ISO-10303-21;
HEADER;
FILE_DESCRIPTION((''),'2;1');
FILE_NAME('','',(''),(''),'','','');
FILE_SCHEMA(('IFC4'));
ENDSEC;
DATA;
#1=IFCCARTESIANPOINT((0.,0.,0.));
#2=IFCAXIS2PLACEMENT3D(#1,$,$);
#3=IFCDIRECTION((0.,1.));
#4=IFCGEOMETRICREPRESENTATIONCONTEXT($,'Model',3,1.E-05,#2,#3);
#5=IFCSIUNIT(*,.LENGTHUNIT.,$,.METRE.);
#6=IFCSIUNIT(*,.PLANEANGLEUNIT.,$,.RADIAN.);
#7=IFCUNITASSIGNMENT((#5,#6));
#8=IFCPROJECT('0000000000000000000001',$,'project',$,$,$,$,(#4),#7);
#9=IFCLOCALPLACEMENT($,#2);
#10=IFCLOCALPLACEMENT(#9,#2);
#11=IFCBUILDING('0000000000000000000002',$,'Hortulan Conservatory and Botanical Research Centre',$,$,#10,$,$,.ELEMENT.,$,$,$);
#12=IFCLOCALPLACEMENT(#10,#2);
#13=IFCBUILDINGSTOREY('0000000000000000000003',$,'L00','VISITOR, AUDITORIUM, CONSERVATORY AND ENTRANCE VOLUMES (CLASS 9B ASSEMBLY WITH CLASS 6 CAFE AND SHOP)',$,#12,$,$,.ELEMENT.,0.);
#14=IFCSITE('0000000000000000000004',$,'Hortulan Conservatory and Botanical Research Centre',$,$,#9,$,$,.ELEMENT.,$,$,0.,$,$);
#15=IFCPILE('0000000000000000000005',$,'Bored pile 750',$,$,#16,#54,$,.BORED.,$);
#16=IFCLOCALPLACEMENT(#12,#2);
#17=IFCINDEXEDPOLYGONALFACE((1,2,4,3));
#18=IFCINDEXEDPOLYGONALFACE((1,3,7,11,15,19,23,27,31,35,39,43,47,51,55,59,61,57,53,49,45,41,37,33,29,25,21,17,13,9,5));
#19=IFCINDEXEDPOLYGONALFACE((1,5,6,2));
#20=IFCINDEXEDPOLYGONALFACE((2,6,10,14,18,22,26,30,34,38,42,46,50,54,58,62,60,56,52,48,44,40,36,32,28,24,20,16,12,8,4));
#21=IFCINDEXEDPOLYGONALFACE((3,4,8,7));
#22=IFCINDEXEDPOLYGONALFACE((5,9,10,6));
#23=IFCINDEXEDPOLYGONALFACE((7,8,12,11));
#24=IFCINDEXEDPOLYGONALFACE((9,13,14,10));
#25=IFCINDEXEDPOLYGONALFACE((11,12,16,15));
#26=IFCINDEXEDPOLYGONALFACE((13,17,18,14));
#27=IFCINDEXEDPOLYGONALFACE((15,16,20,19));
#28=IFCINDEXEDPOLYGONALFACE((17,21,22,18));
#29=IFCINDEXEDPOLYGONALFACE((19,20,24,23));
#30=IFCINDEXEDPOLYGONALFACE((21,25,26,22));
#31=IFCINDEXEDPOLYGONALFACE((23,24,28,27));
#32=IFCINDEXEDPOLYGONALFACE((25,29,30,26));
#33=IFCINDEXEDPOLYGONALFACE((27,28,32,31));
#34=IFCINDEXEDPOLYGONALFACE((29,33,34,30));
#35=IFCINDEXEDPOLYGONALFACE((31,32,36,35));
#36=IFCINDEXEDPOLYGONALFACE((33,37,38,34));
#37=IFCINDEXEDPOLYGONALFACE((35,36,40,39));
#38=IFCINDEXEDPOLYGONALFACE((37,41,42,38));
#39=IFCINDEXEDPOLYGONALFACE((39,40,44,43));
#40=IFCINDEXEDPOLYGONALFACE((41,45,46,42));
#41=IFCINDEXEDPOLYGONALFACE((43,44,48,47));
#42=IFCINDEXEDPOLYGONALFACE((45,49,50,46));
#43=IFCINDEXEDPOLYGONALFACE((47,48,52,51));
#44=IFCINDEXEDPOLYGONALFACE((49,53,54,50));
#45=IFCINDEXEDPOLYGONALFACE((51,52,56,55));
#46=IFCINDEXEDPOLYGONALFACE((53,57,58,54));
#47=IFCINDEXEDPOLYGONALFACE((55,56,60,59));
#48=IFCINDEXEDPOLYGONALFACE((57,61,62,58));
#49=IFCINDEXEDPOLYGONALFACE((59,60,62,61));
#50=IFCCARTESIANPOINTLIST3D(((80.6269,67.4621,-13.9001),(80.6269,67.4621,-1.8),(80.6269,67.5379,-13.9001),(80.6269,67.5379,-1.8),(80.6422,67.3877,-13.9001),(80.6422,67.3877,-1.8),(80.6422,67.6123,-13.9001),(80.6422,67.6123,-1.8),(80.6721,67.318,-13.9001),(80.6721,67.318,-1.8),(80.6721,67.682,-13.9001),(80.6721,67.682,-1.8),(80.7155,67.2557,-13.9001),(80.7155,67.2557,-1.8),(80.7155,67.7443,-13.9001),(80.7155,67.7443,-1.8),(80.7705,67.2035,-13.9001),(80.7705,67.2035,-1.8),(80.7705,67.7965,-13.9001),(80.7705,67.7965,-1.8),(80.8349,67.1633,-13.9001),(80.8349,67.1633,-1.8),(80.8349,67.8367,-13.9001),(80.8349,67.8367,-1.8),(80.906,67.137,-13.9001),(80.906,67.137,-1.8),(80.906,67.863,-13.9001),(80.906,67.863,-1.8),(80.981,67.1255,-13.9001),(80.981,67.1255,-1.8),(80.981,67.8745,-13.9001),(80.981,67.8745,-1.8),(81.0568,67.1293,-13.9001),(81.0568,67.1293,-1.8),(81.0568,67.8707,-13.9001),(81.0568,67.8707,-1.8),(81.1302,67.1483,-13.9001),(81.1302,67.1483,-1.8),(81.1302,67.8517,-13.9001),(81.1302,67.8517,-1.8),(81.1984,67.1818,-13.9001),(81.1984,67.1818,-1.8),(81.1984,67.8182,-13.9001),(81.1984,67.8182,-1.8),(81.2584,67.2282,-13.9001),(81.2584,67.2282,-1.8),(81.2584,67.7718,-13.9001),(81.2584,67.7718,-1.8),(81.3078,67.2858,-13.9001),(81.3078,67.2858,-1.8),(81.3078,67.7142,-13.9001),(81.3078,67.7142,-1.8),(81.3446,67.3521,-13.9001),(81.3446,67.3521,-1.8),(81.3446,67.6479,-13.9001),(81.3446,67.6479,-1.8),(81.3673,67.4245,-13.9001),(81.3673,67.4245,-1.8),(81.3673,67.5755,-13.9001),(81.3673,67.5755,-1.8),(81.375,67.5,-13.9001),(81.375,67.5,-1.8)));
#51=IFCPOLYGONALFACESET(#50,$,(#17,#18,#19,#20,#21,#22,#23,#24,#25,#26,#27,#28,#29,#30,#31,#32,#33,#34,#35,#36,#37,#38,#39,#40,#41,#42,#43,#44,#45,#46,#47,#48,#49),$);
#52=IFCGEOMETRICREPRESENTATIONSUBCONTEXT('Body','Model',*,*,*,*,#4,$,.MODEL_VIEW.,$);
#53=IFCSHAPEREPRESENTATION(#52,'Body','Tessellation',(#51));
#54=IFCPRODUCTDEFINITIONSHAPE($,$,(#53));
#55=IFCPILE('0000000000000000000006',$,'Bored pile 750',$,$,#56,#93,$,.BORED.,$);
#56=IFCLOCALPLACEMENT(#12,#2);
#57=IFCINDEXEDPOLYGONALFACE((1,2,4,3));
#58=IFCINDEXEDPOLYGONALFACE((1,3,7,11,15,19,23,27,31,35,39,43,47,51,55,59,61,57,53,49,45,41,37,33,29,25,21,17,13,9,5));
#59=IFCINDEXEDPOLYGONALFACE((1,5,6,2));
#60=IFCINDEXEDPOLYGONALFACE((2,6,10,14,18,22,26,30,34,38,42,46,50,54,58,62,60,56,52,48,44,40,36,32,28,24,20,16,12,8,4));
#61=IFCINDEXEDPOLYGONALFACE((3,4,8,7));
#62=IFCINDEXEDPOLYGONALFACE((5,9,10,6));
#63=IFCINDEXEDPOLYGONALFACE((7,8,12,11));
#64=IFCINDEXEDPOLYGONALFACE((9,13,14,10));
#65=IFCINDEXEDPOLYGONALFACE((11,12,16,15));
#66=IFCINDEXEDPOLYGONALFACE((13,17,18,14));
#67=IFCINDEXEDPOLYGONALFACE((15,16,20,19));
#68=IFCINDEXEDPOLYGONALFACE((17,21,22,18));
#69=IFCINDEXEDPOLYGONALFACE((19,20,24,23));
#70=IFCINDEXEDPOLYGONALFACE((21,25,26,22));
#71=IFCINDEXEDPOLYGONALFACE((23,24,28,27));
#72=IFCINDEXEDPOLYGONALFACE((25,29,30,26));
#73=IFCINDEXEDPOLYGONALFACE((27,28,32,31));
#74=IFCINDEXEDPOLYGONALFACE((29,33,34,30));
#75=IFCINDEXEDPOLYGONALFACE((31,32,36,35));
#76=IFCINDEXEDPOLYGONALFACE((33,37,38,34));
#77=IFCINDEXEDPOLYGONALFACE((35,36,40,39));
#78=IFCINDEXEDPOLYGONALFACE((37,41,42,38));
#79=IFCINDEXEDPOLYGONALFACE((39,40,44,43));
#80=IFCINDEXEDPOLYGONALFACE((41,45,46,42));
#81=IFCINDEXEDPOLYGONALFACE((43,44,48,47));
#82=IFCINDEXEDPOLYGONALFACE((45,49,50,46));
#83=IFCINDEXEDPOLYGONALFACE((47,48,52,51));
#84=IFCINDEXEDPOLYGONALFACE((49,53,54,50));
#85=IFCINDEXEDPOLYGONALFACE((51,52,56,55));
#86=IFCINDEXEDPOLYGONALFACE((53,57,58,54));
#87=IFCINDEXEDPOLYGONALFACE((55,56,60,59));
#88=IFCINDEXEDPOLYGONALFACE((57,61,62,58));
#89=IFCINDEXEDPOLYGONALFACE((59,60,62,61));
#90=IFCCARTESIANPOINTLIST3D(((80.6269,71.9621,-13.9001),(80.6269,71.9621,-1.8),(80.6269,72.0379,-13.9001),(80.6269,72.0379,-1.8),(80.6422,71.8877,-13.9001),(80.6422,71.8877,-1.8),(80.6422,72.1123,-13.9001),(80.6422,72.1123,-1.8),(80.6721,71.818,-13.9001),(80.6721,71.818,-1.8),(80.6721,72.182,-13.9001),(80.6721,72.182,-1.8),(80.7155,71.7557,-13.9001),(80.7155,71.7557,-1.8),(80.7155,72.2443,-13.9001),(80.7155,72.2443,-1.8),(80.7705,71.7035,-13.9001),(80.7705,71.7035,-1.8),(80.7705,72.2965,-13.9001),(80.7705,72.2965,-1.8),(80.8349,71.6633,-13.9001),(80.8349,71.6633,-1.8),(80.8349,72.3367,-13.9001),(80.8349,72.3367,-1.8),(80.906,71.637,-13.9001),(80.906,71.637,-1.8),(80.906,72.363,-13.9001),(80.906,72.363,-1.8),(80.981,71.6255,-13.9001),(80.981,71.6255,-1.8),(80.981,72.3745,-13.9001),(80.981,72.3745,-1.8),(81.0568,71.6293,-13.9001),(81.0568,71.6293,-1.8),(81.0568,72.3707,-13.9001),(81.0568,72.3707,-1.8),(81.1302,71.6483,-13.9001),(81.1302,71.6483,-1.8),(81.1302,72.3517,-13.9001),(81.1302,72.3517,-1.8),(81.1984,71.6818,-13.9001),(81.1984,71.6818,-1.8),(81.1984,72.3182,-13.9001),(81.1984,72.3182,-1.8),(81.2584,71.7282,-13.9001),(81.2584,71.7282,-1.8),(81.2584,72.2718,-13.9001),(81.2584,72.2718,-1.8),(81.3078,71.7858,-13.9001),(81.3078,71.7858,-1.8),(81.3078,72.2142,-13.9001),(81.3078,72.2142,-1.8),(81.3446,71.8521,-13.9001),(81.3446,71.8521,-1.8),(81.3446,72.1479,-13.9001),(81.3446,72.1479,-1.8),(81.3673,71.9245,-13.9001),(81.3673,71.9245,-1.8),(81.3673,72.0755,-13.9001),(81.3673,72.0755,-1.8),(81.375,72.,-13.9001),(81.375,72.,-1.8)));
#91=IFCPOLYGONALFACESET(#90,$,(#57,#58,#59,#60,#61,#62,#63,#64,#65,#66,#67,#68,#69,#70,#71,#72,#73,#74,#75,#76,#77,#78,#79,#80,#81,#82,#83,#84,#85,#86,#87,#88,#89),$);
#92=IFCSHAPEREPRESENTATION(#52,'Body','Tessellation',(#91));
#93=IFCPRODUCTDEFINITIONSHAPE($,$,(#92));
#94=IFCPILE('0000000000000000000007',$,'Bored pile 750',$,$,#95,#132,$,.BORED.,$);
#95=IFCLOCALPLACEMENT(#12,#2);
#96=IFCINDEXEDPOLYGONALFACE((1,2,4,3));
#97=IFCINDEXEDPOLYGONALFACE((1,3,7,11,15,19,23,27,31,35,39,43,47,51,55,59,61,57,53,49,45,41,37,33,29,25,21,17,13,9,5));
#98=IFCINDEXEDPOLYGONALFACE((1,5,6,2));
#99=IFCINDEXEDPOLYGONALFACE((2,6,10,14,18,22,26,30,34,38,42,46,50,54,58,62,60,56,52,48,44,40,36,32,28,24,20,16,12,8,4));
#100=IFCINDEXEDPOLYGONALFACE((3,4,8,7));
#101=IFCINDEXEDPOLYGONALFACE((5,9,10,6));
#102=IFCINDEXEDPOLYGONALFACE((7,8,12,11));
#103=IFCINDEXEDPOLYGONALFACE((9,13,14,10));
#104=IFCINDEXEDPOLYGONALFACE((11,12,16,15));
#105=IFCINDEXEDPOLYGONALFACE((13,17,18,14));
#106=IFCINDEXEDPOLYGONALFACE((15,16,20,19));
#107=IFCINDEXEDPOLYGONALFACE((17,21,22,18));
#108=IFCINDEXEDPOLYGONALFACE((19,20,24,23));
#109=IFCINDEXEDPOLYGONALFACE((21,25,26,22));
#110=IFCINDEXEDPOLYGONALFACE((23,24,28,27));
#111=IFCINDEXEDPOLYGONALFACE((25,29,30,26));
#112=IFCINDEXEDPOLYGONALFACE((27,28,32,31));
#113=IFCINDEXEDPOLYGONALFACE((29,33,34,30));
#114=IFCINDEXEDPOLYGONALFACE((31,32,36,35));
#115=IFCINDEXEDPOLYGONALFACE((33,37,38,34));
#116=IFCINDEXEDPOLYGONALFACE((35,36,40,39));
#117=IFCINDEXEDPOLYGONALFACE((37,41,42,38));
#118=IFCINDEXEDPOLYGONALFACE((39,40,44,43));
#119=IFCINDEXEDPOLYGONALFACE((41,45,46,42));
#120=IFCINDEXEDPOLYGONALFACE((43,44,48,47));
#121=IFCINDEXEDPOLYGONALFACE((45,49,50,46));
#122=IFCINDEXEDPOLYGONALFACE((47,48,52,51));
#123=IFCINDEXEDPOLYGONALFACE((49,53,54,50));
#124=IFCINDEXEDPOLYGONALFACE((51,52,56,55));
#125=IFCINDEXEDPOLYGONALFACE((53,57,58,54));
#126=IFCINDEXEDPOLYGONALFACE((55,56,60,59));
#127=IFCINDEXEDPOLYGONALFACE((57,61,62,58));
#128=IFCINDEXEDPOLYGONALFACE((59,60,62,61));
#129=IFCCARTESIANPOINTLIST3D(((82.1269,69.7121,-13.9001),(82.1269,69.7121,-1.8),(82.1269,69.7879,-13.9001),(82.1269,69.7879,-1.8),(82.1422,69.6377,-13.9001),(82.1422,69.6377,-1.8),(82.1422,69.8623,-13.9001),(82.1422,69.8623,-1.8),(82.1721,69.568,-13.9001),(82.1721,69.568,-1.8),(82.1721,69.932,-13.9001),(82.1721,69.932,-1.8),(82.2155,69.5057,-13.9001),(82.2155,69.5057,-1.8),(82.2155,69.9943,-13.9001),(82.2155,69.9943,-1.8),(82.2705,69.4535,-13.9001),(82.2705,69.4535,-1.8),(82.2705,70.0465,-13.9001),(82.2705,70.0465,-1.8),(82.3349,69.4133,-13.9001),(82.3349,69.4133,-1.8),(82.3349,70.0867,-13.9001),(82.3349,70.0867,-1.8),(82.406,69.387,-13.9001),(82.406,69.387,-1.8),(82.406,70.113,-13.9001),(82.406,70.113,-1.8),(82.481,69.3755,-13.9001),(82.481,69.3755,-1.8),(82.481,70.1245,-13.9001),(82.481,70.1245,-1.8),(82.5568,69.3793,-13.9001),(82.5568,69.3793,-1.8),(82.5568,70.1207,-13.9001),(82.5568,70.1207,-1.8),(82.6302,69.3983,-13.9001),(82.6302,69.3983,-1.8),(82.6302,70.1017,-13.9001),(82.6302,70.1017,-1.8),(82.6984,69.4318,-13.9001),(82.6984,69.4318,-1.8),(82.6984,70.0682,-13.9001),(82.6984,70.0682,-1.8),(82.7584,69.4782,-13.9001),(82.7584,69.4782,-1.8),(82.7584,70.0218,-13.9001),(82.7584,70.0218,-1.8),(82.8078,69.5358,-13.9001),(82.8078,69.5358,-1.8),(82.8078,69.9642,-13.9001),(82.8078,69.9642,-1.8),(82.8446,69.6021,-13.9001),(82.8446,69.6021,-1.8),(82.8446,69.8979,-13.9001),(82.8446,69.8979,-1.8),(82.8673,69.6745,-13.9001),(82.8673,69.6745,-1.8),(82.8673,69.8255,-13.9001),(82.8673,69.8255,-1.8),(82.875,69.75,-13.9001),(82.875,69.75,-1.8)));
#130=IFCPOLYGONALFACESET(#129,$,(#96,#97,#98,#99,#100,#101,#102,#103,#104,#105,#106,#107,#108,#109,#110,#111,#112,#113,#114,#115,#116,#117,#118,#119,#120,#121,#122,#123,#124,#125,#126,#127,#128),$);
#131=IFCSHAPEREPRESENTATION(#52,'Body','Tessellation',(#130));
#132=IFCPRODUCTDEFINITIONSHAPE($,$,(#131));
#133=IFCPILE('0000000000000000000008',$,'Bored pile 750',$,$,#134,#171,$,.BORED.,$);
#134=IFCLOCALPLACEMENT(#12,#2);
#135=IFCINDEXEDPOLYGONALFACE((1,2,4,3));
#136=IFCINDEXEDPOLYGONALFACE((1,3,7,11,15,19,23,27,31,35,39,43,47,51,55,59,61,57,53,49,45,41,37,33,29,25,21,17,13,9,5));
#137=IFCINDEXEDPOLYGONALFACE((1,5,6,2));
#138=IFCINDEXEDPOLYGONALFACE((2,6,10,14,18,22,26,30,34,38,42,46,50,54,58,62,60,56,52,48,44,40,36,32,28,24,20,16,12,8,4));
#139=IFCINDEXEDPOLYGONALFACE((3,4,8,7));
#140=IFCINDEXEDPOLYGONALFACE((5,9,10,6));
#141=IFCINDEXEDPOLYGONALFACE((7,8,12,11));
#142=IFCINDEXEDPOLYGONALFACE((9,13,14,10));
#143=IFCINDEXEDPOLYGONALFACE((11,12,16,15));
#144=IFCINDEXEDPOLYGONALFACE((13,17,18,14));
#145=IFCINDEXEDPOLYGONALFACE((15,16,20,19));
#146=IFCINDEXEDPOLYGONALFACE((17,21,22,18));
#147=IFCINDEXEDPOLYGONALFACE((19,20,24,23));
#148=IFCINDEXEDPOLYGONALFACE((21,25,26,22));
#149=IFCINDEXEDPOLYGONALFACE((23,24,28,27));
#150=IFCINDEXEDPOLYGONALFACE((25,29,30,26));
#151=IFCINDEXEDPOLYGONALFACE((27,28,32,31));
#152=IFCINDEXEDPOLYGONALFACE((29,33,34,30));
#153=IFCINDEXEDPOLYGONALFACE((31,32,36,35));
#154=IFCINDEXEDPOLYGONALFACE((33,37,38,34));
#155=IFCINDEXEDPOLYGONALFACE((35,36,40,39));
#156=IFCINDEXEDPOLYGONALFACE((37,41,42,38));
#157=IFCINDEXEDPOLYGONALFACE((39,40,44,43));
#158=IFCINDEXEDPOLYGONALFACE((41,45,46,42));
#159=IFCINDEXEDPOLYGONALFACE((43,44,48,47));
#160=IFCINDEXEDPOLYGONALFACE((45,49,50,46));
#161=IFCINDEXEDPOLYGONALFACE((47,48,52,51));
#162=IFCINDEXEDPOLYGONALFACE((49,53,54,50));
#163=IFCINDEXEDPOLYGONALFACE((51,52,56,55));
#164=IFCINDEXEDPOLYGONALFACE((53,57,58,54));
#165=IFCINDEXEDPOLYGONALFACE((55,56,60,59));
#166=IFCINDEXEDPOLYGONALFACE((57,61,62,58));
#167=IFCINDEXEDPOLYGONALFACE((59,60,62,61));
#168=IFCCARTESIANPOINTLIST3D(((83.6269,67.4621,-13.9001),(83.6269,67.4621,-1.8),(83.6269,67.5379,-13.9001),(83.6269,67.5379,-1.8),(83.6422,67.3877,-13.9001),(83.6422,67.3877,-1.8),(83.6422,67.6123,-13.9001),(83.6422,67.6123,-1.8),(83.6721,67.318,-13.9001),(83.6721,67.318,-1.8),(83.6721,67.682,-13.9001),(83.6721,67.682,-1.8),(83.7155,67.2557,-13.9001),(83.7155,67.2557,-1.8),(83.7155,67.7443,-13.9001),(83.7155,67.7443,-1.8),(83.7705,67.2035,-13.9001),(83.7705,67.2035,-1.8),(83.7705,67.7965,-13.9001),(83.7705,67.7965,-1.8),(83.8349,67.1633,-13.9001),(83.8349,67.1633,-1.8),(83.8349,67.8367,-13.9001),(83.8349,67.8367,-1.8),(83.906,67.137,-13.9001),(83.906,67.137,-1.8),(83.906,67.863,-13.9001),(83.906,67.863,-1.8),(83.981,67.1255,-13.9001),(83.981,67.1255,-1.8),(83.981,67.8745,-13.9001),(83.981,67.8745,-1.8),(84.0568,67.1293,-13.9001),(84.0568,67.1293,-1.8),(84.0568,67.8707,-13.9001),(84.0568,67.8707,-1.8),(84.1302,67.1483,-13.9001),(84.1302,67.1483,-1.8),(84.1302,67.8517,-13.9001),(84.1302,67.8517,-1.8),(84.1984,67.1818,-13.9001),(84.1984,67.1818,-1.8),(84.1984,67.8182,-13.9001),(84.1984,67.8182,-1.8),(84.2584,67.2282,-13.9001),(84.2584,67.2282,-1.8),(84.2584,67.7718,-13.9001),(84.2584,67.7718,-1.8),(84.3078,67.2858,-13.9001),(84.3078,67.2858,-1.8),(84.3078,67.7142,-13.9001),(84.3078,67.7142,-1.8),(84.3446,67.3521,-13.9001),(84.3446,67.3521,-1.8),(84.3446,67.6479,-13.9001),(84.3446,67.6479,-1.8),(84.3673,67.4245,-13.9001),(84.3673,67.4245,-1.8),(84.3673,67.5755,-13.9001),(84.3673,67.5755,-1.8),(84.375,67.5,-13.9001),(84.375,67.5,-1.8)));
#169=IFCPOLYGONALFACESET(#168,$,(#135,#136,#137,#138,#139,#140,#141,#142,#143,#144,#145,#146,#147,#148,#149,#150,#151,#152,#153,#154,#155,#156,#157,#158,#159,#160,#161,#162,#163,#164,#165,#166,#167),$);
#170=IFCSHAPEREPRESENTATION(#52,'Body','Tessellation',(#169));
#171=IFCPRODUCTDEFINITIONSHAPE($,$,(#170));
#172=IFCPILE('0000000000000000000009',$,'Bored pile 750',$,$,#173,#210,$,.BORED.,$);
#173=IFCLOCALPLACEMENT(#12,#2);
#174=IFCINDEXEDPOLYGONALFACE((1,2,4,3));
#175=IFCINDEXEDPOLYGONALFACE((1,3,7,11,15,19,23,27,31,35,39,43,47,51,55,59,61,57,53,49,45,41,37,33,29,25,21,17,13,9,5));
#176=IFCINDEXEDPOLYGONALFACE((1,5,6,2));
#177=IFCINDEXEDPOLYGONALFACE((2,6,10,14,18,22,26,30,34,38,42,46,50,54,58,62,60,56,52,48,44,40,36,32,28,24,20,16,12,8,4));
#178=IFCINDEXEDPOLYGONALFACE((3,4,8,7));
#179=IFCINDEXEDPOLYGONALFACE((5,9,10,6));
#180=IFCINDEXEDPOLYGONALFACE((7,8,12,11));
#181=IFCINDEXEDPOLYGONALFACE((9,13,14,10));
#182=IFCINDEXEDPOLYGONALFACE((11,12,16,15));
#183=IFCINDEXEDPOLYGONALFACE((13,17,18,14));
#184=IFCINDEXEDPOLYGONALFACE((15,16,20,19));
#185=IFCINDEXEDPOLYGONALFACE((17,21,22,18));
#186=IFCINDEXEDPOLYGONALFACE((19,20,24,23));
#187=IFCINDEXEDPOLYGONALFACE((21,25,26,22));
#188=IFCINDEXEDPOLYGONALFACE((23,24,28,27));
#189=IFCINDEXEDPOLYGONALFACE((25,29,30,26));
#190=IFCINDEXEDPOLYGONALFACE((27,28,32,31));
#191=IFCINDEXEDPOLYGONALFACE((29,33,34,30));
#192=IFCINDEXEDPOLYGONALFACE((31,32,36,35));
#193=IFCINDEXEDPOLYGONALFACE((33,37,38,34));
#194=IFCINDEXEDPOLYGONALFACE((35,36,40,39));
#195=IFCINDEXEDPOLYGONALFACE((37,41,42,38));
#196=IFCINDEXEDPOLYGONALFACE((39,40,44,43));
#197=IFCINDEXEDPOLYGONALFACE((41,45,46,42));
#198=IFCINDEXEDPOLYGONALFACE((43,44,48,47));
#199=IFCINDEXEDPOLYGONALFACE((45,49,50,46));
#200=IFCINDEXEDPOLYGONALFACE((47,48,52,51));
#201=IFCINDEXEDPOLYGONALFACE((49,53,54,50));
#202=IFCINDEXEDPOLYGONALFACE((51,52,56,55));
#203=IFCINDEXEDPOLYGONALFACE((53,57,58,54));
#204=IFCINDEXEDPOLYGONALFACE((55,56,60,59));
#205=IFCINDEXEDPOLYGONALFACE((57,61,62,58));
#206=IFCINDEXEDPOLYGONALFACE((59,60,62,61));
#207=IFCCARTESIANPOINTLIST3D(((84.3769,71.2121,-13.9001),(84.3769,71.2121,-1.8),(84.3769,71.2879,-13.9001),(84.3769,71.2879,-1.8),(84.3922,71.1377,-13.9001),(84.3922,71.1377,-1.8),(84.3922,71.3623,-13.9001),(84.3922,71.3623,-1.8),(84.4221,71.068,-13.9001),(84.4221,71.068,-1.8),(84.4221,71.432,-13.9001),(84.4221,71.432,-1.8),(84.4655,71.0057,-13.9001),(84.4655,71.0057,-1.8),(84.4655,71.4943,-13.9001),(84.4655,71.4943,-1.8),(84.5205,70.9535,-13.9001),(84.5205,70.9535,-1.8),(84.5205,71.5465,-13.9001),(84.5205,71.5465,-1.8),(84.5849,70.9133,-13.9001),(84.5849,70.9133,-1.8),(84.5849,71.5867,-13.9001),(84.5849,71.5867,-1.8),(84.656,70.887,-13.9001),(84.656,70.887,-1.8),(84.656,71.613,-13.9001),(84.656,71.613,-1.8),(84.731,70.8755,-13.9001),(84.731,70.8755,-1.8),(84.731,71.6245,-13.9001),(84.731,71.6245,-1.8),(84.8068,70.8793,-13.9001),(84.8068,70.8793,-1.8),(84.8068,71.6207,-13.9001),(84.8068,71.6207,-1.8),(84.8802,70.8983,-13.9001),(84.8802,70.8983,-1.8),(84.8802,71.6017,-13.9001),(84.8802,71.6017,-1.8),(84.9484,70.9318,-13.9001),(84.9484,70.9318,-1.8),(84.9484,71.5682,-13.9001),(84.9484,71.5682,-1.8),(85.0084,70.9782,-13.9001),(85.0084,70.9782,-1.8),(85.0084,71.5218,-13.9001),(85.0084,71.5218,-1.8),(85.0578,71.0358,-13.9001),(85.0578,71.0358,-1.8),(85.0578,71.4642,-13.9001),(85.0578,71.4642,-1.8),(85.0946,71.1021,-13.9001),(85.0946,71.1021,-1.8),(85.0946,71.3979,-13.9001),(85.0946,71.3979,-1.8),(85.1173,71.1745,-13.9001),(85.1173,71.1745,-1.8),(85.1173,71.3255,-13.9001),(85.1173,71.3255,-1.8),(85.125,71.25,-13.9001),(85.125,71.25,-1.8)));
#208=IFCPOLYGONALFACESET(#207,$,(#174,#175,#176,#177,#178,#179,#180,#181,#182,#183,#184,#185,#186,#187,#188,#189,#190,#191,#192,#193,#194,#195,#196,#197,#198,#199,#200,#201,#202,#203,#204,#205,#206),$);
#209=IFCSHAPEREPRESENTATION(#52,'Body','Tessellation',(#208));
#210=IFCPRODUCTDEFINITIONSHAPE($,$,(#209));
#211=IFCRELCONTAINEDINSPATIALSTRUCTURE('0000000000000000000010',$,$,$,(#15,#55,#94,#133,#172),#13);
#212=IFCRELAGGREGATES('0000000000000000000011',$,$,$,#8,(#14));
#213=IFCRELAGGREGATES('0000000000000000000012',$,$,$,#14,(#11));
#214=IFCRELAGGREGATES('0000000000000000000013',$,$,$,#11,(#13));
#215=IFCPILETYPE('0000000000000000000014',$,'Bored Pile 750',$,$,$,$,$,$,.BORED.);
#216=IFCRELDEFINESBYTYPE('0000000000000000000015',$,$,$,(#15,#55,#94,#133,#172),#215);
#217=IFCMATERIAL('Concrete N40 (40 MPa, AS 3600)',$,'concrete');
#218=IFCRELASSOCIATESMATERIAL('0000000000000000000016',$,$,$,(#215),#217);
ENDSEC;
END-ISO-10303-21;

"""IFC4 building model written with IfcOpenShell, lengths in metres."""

from ifc_helpers import new_model, si_unit, direction, frame, origin, origin_2d, place, context, subcontext, project, spatial, circle, extrude, material, material_profile, profile_set, type_object, element, save


model = new_model("IFC4")

# Units and contexts
model_context = context("Model", 3, precision=1e-05, world=origin(), true_north=direction((0.0, 1.0)))
body_context = subcontext(model_context, "Body", "Model", "MODEL_VIEW")
ifc_project = project(units=[si_unit("LENGTHUNIT", "METRE"), si_unit("PLANEANGLEUNIT", "RADIAN")], contexts=[model_context])

# Site, building, storey
site_placement = place(None, origin())
site = spatial("IfcSite", under=ifc_project, at=site_placement, Name="Hortulan Conservatory and Botanical Research Centre", CompositionType="ELEMENT", RefElevation=0.0)
building_placement = place(site_placement, origin())
building = spatial("IfcBuilding", under=site, at=building_placement, Name="Hortulan Conservatory and Botanical Research Centre", CompositionType="ELEMENT")
storey_placement = place(building_placement, origin())
storey = spatial("IfcBuildingStorey", under=building, at=storey_placement, Name="L00", Description="VISITOR, AUDITORIUM, CONSERVATORY AND ENTRANCE VOLUMES (CLASS 9B ASSEMBLY WITH CLASS 6 CAFE AND SHOP)", CompositionType="ELEMENT", Elevation=0.0)

# Piles
ifc_material_1 = material(Name="Concrete N40 (40 MPa, AS 3600)", Category="concrete")
ifc_material_profile_1 = material_profile(ifc_material_1, circle(Radius=0.375, at=origin_2d()), Name="Bored pile 750 diameter")
ifc_profile_set_1 = profile_set([ifc_material_profile_1], Name="Concrete N40 (40 MPa, AS 3600)")
pile_type = type_object("IfcPileType", Name="Bored Pile 750", PredefinedType="BORED", material=ifc_profile_set_1)
for number, where, z_axis, x_axis, name in (
    (1, (81.0, 67.5, -1.8), (0.0, 0.0, -1.0), (1.0, 0.0, 0.0), "Bored pile 750"),
    (2, (81.0, 72.0, -1.8), (0.0, 0.0, -1.0), (1.0, 0.0, 0.0), "Bored pile 750"),
    (3, (82.5, 69.75, -1.8), (0.0, 0.0, -1.0), (1.0, 0.0, 0.0), "Bored pile 750"),
    (4, (84.0, 67.5, -1.8), (0.0, 0.0, -1.0), (1.0, 0.0, 0.0), "Bored pile 750"),
    (5, (84.75, 71.25, -1.8), (0.0, 0.0, -1.0), (1.0, 0.0, 0.0), "Bored pile 750"),
):
    element("IfcPile", number, at=place(storey_placement, frame(where, z_axis=z_axis, x_axis=x_axis)), inside=storey, type_object=pile_type, Name=name, PredefinedType="BORED", context=body_context, shape_type="SweptSolid", body=[
        extrude(circle(Radius=0.375, at=origin_2d()), origin(), (0.0, 0.0, 1.0), 12.1001),
    ])

save(model, "model.ifc")
